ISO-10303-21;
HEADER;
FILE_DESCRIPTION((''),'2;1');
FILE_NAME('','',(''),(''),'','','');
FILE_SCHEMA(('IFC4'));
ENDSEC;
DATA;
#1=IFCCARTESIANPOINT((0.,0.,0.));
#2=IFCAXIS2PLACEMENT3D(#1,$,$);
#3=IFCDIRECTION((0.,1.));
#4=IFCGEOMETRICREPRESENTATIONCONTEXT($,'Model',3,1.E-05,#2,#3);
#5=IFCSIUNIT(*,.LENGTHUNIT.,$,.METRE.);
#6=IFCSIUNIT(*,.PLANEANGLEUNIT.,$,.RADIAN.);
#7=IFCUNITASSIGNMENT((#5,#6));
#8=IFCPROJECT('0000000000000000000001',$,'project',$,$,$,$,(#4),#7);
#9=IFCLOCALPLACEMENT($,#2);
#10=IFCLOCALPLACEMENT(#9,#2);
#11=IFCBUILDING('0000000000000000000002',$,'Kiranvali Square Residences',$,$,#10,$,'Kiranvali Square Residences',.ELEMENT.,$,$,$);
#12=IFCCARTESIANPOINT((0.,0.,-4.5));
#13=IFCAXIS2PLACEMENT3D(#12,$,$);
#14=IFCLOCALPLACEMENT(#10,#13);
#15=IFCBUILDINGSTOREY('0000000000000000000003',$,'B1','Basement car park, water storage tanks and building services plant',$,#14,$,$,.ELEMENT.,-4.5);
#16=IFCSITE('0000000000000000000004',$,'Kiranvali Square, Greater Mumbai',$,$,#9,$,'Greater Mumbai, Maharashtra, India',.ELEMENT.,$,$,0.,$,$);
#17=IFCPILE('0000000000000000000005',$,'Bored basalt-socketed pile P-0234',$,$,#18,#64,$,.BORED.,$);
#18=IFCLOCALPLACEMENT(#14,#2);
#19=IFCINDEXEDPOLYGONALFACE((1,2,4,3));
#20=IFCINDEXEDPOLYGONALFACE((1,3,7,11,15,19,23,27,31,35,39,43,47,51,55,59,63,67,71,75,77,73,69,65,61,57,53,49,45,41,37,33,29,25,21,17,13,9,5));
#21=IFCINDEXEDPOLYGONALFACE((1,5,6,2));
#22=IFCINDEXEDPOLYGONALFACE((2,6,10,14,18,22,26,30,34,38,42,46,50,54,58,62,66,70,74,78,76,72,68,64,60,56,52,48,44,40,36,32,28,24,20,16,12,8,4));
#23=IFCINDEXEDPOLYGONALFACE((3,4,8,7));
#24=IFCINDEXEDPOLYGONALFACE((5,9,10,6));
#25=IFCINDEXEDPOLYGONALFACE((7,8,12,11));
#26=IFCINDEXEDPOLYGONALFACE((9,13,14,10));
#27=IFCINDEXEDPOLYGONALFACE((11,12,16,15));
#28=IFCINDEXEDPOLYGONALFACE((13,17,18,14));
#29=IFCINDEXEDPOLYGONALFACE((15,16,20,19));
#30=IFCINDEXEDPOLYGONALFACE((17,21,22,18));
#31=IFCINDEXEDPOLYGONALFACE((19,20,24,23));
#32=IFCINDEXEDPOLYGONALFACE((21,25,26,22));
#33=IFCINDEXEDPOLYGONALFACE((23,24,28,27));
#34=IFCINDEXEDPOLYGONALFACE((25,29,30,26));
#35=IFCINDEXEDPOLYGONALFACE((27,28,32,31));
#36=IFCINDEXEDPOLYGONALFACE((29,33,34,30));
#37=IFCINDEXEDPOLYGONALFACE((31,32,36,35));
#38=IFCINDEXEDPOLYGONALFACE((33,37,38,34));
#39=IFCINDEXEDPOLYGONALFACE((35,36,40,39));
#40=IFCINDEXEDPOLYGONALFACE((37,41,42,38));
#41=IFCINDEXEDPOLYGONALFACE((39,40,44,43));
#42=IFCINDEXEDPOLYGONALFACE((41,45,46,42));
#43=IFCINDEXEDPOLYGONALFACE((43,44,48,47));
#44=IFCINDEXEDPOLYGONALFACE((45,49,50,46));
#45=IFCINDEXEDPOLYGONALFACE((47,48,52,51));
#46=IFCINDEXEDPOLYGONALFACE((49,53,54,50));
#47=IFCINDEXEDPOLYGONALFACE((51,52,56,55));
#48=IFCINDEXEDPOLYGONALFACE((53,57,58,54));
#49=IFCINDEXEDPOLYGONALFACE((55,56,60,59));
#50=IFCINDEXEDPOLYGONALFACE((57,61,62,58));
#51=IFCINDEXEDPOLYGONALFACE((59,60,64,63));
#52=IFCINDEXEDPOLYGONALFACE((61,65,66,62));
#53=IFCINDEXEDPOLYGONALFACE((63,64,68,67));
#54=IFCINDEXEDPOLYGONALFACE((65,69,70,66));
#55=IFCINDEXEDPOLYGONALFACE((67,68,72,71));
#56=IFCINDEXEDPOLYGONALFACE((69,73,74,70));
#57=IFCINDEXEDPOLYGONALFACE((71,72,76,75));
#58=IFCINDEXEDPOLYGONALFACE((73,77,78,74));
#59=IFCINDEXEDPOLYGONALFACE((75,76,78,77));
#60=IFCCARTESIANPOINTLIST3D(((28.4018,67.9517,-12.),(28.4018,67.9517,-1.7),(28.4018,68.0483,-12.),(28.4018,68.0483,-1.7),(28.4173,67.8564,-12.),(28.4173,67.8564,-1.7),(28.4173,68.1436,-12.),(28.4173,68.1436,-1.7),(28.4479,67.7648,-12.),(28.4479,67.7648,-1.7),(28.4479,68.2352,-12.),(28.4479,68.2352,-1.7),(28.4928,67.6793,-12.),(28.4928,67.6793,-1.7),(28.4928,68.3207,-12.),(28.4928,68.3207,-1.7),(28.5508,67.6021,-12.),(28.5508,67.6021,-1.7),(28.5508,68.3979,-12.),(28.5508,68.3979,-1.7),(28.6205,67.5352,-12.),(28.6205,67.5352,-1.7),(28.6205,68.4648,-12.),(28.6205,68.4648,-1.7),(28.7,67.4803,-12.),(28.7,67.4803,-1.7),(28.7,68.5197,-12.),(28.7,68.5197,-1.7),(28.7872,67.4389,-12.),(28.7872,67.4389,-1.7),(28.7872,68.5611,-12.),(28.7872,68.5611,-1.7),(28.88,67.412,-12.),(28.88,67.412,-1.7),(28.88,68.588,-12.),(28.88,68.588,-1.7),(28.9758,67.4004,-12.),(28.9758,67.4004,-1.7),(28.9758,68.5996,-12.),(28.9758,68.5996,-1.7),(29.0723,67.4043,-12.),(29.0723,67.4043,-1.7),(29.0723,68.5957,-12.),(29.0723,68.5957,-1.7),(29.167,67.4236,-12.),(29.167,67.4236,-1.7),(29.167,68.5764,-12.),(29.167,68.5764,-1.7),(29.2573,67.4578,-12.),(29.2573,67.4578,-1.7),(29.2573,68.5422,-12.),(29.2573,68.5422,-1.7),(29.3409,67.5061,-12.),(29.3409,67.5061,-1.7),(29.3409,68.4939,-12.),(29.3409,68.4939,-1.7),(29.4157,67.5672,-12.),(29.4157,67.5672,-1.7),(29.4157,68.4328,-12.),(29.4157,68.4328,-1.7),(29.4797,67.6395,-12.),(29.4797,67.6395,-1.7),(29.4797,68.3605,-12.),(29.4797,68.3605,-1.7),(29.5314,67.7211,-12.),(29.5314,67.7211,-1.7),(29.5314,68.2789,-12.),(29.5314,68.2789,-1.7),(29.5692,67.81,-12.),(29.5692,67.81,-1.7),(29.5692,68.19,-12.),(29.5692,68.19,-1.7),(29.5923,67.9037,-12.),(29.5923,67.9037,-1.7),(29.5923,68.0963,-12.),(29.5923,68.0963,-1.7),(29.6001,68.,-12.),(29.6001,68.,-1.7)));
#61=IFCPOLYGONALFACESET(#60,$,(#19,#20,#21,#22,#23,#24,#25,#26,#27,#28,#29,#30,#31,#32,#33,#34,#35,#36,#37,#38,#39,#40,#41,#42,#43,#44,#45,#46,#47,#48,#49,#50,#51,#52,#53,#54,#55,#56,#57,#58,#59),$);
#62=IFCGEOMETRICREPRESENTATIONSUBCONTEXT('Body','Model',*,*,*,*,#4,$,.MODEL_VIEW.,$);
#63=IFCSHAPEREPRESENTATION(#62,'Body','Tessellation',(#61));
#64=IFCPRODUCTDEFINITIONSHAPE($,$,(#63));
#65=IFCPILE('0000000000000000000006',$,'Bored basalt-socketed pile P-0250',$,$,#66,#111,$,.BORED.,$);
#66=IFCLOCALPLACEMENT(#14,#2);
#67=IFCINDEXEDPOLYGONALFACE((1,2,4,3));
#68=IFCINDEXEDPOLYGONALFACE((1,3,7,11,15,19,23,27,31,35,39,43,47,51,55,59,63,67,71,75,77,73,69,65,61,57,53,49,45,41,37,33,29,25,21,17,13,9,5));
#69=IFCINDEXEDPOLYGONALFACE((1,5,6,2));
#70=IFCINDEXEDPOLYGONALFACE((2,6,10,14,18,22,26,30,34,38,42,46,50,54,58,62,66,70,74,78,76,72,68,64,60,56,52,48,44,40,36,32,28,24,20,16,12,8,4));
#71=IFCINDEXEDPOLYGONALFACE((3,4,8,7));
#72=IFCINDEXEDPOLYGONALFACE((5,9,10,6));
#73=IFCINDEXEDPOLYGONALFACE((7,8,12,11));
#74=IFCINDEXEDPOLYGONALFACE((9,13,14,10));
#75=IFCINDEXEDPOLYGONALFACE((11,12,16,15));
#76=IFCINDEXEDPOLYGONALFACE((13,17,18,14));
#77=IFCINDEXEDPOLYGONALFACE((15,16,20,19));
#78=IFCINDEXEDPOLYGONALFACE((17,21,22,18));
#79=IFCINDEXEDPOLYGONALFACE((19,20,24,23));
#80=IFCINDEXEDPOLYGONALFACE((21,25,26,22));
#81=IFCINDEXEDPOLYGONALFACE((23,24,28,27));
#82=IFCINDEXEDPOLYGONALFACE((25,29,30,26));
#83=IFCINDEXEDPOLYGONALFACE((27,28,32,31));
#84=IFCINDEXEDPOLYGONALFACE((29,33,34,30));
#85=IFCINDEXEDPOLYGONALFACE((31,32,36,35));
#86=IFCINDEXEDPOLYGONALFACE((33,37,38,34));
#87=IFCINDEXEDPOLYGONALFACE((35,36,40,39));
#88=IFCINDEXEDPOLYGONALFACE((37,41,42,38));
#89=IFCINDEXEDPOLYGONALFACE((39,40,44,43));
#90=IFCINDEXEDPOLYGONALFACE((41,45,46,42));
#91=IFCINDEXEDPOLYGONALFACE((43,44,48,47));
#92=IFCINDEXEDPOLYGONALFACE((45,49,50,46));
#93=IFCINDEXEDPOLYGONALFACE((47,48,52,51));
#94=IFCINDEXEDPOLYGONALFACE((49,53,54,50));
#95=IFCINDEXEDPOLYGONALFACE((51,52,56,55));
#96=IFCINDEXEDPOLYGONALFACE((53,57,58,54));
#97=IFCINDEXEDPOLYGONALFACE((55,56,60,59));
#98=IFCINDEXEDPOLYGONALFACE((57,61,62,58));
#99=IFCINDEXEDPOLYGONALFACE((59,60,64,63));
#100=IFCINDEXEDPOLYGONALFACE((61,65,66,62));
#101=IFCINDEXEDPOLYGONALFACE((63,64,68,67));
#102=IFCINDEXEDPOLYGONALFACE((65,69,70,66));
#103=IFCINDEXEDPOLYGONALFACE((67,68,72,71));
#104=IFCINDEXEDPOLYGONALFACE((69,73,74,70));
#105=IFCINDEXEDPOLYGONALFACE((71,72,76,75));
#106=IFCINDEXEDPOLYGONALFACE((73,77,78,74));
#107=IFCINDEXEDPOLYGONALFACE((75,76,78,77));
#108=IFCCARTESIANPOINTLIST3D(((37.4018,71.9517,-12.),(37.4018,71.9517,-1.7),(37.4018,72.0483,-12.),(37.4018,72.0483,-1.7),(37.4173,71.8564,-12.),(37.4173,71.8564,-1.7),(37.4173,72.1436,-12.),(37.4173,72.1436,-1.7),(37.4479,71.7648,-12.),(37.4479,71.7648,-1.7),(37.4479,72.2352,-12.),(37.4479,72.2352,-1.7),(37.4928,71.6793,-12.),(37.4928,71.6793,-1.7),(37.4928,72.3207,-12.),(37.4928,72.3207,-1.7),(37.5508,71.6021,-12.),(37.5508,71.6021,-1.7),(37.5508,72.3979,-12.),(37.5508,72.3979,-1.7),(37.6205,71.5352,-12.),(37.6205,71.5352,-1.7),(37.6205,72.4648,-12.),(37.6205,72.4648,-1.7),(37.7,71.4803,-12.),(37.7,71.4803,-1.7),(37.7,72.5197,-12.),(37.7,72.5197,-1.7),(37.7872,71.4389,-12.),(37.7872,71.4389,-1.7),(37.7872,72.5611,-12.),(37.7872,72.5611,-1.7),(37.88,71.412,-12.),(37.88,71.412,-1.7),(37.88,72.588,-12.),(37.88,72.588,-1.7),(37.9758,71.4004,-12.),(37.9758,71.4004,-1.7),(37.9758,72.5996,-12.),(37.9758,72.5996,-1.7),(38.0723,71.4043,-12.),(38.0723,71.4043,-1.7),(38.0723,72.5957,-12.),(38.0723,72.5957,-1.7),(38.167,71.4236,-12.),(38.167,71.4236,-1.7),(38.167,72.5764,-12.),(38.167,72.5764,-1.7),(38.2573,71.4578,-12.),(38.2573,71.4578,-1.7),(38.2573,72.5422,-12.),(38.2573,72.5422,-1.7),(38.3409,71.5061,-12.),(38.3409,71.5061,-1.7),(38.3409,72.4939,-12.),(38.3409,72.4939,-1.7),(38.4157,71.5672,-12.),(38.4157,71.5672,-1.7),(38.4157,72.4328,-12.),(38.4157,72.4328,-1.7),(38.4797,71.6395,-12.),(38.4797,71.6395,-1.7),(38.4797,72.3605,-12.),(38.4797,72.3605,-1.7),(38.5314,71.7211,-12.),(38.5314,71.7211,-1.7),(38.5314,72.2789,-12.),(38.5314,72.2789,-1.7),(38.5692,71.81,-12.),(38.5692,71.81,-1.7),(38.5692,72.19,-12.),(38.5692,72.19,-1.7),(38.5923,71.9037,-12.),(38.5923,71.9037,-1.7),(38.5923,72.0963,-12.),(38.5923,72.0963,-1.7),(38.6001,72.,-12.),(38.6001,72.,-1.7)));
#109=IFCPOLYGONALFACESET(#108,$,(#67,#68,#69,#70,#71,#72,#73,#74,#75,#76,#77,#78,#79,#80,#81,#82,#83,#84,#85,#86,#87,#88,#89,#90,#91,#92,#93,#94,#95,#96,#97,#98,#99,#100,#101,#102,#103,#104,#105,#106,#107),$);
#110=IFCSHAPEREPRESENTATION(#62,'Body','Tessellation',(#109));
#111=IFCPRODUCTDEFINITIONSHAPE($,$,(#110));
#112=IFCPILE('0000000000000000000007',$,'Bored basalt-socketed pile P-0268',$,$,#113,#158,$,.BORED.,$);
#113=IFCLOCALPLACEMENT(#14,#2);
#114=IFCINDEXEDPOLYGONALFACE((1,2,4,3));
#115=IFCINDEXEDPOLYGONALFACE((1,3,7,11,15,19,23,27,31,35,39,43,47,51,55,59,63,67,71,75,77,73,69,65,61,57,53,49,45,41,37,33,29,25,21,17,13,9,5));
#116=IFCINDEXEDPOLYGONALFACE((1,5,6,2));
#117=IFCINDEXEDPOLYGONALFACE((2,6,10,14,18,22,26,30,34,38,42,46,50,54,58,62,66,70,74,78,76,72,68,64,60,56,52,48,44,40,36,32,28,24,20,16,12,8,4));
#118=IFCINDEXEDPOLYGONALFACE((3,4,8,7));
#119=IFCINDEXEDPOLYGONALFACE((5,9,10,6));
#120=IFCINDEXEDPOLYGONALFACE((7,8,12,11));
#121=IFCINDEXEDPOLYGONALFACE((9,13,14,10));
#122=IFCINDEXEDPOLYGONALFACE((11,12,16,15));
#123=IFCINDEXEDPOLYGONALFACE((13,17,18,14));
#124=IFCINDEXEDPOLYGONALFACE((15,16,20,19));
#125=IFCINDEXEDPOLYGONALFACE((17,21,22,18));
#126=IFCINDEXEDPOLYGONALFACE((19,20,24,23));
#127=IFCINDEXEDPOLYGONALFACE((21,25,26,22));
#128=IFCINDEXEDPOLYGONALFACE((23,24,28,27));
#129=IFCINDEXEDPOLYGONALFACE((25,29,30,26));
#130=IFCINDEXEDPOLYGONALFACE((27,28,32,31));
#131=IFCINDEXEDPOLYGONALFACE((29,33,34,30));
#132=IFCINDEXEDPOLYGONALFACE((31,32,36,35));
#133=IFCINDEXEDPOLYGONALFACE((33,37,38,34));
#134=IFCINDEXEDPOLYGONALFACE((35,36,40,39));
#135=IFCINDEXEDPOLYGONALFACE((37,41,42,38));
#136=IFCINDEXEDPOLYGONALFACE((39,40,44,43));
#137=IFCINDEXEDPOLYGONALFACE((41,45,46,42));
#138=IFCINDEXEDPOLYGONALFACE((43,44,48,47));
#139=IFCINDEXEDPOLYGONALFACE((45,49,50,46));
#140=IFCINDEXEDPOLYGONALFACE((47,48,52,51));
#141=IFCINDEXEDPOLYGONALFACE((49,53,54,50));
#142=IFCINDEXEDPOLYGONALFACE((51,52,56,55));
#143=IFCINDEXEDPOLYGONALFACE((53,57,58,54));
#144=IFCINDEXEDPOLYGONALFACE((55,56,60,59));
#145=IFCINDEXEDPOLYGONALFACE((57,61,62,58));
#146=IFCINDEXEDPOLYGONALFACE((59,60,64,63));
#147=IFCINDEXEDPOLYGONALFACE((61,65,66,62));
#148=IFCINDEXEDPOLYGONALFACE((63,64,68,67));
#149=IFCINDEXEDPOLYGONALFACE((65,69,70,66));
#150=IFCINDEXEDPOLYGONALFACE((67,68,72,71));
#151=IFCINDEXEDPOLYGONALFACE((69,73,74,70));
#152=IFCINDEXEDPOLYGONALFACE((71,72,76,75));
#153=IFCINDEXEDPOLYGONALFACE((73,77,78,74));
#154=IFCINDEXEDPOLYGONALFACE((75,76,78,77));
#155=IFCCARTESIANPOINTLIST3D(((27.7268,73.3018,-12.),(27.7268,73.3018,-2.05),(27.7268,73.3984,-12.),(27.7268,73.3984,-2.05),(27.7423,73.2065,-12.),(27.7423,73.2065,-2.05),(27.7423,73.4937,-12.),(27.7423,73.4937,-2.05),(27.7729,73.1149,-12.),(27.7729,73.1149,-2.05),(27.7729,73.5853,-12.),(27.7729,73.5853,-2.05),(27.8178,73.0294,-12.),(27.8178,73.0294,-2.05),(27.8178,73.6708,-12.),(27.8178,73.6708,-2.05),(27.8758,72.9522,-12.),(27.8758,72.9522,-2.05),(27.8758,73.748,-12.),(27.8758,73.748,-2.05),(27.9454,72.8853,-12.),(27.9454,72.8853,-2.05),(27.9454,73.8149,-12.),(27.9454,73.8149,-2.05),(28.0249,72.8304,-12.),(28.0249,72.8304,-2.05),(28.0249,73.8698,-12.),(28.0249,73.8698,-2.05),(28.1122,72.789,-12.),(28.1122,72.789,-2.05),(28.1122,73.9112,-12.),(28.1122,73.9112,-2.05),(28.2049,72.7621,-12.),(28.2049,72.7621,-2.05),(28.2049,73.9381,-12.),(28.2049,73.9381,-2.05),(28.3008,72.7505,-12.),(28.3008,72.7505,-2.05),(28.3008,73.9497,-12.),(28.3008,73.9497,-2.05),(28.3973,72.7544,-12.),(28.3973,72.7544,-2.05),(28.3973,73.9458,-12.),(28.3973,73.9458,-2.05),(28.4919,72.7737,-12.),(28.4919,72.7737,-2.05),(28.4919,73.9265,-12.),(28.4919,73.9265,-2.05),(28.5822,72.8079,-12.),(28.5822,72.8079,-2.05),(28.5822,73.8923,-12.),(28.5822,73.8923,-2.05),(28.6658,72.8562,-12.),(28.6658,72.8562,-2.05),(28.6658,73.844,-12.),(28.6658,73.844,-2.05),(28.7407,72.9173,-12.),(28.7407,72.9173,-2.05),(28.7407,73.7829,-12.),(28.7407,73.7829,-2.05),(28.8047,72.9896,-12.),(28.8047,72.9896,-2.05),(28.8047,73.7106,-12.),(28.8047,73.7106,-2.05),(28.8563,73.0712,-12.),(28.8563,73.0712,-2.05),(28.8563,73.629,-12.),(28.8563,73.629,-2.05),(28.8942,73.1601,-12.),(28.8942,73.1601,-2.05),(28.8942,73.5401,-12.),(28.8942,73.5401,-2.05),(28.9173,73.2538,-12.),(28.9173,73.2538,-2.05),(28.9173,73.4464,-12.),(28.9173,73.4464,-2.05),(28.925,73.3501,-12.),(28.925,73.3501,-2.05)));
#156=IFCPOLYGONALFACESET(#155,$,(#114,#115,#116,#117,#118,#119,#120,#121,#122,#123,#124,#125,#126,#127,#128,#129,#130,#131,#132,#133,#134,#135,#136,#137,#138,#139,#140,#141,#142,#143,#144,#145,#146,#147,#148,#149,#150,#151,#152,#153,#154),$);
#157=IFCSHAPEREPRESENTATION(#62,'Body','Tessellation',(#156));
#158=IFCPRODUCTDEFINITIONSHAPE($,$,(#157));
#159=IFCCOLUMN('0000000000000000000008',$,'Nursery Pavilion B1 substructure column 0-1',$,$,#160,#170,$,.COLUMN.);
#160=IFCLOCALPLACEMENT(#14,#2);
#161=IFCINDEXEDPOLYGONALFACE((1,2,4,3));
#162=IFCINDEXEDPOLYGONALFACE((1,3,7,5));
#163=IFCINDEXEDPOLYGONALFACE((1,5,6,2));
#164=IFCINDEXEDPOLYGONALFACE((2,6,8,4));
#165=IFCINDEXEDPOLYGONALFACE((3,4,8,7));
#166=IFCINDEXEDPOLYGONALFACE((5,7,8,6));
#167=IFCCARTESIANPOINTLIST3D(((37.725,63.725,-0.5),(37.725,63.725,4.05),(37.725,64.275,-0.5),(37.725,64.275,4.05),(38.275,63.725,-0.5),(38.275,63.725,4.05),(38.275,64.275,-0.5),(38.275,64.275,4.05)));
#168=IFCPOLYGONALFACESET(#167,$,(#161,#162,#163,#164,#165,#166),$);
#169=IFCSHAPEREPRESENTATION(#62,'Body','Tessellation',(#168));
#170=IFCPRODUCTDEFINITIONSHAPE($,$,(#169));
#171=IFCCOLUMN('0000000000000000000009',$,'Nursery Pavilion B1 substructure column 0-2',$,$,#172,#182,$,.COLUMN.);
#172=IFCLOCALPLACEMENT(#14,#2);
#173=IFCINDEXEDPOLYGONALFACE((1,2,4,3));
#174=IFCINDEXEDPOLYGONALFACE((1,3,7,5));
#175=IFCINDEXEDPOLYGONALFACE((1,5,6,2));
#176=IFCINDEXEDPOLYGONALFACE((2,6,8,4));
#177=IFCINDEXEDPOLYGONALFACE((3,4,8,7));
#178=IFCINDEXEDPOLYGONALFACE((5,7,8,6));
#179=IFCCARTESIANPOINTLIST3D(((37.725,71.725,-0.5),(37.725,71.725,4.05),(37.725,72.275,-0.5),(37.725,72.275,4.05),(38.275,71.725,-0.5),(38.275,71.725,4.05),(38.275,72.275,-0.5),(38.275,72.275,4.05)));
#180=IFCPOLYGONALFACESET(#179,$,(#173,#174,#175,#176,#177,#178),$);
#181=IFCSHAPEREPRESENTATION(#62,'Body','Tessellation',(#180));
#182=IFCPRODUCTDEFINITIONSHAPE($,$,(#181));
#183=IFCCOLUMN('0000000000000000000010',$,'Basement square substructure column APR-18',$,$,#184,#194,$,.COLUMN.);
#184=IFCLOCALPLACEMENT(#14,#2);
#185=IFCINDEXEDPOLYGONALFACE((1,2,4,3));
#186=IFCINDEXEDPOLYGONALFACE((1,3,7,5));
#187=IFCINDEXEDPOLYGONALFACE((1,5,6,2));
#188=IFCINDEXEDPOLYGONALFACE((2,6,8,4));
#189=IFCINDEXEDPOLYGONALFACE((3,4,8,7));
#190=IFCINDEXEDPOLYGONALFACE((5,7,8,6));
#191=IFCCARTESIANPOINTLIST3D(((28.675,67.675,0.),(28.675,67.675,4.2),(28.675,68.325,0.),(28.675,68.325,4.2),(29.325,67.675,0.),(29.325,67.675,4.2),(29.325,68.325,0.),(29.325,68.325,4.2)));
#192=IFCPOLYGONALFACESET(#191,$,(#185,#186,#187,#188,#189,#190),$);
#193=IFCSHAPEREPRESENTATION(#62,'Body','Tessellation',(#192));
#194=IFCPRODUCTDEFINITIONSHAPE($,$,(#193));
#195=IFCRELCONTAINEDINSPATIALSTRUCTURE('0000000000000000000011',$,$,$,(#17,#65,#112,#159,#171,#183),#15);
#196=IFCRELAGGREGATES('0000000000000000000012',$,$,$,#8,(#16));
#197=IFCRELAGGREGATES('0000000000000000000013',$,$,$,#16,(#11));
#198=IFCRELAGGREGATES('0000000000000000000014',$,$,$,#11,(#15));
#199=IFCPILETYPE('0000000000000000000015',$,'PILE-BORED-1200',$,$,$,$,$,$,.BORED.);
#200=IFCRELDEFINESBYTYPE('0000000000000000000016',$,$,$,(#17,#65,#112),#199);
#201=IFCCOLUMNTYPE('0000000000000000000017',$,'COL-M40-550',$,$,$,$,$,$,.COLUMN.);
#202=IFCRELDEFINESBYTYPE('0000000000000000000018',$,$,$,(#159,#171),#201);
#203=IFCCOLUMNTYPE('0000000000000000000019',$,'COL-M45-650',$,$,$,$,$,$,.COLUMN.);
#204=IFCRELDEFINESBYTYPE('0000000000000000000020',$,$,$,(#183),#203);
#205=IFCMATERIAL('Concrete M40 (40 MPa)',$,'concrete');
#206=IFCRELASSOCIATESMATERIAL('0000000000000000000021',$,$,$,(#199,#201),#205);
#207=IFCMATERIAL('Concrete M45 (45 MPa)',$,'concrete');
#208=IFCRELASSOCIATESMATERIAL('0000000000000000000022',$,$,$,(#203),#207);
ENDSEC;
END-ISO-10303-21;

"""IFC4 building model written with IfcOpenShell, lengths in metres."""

from ifc_helpers import new_model, si_unit, direction, frame, origin, origin_2d, place, context, subcontext, project, spatial, rectangle, circle, extrude, material, material_profile, profile_set, type_object, element, save


model = new_model("IFC4")

# Units and contexts
model_context = context("Model", 3, precision=1e-05, world=origin(), true_north=direction((0.0, 1.0)))
body_context = subcontext(model_context, "Body", "Model", "MODEL_VIEW")
ifc_project = project(units=[si_unit("LENGTHUNIT", "METRE"), si_unit("PLANEANGLEUNIT", "RADIAN")], contexts=[model_context])

# Site, building, storey
site_placement = place(None, origin())
site = spatial("IfcSite", under=ifc_project, at=site_placement, Name="Kiranvali Square, Greater Mumbai", LongName="Greater Mumbai, Maharashtra, India", CompositionType="ELEMENT", RefElevation=0.0)
building_placement = place(site_placement, origin())
building = spatial("IfcBuilding", under=site, at=building_placement, Name="Kiranvali Square Residences", LongName="Kiranvali Square Residences", CompositionType="ELEMENT")
storey_placement = place(building_placement, frame((0.0, 0.0, -4.5)))
storey = spatial("IfcBuildingStorey", under=building, at=storey_placement, Name="B1", Description="Basement car park, water storage tanks and building services plant", CompositionType="ELEMENT", Elevation=-4.5)

# Shared definitions
ifc_material_1 = material(Name="Concrete M40 (40 MPa)", Category="concrete")

# Piles
ifc_material_profile_1 = material_profile(ifc_material_1, circle(Radius=0.6001, at=origin_2d()), Name="BORED PILE 1200")
ifc_profile_set_1 = profile_set([ifc_material_profile_1], Name="Concrete M40 (40 MPa)")
pile_type = type_object("IfcPileType", Name="PILE-BORED-1200", PredefinedType="BORED", material=ifc_profile_set_1)
for number, where, z_axis, x_axis, name in (
    (1, (29.0, 68.0, -1.7), (0.0, 0.0, -1.0), (1.0, 0.0, 0.0), "Bored basalt-socketed pile P-0234"),
    (2, (38.0, 72.0, -1.7), (0.0, 0.0, -1.0), (1.0, 0.0, 0.0), "Bored basalt-socketed pile P-0250"),
):
    element("IfcPile", number, at=place(storey_placement, frame(where, z_axis=z_axis, x_axis=x_axis)), inside=storey, type_object=pile_type, Name=name, PredefinedType="BORED", context=body_context, shape_type="SweptSolid", body=[
        extrude(circle(Radius=0.6001, at=origin_2d()), origin(), (0.0, 0.0, 1.0), 10.3),
    ])
pile_1_placement = place(storey_placement, frame((28.325, 73.3501, -2.05), z_axis=(0.0, 0.0, -1.0), x_axis=(1.0, 0.0, 0.0)))
element("IfcPile", 3, at=pile_1_placement, inside=storey, type_object=pile_type, Name="Bored basalt-socketed pile P-0268", PredefinedType="BORED", context=body_context, shape_type="SweptSolid", body=[
    extrude(circle(Radius=0.6001, at=origin_2d()), origin(), (0.0, 0.0, 1.0), 9.95),
])

# Columns
ifc_material_profile_2 = material_profile(ifc_material_1, rectangle(XDim=0.55, YDim=0.55, at=origin_2d()), Name="RC 550x550")
ifc_profile_set_2 = profile_set([ifc_material_profile_2], Name="Concrete M40 (40 MPa)")
column_type_1 = type_object("IfcColumnType", Name="COL-M40-550", PredefinedType="COLUMN", material=ifc_profile_set_2)
for number, where, z_axis, x_axis, name in (
    (4, (38.0, 64.0, -0.5), (0.0, 0.0, 1.0), (1.0, 0.0, 0.0), "Nursery Pavilion B1 substructure column 0-1"),
    (5, (38.0, 72.0, -0.5), (0.0, 0.0, 1.0), (1.0, 0.0, 0.0), "Nursery Pavilion B1 substructure column 0-2"),
):
    element("IfcColumn", number, at=place(storey_placement, frame(where, z_axis=z_axis, x_axis=x_axis)), inside=storey, type_object=column_type_1, Name=name, PredefinedType="COLUMN", context=body_context, shape_type="SweptSolid", body=[
        extrude(rectangle(XDim=0.55, YDim=0.55, at=origin_2d()), origin(), (0.0, 0.0, 1.0), 4.55),
    ])
ifc_material_2 = material(Name="Concrete M45 (45 MPa)", Category="concrete")
ifc_material_profile_3 = material_profile(ifc_material_2, rectangle(XDim=0.6499, YDim=0.6499, at=origin_2d()), Name="RC 650x650")
ifc_profile_set_3 = profile_set([ifc_material_profile_3], Name="Concrete M45 (45 MPa)")
column_type_2 = type_object("IfcColumnType", Name="COL-M45-650", PredefinedType="COLUMN", material=ifc_profile_set_3)
column_placement = place(storey_placement, frame((29.0, 68.0, 0.0), z_axis=(0.0, 0.0, 1.0), x_axis=(1.0, 0.0, 0.0)))
element("IfcColumn", 6, at=column_placement, inside=storey, type_object=column_type_2, Name="Basement square substructure column APR-18", PredefinedType="COLUMN", context=body_context, shape_type="SweptSolid", body=[
    extrude(rectangle(XDim=0.6499, YDim=0.6499, at=origin_2d()), origin(), (0.0, 0.0, 1.0), 4.2),
])

save(model, "model.ifc")
